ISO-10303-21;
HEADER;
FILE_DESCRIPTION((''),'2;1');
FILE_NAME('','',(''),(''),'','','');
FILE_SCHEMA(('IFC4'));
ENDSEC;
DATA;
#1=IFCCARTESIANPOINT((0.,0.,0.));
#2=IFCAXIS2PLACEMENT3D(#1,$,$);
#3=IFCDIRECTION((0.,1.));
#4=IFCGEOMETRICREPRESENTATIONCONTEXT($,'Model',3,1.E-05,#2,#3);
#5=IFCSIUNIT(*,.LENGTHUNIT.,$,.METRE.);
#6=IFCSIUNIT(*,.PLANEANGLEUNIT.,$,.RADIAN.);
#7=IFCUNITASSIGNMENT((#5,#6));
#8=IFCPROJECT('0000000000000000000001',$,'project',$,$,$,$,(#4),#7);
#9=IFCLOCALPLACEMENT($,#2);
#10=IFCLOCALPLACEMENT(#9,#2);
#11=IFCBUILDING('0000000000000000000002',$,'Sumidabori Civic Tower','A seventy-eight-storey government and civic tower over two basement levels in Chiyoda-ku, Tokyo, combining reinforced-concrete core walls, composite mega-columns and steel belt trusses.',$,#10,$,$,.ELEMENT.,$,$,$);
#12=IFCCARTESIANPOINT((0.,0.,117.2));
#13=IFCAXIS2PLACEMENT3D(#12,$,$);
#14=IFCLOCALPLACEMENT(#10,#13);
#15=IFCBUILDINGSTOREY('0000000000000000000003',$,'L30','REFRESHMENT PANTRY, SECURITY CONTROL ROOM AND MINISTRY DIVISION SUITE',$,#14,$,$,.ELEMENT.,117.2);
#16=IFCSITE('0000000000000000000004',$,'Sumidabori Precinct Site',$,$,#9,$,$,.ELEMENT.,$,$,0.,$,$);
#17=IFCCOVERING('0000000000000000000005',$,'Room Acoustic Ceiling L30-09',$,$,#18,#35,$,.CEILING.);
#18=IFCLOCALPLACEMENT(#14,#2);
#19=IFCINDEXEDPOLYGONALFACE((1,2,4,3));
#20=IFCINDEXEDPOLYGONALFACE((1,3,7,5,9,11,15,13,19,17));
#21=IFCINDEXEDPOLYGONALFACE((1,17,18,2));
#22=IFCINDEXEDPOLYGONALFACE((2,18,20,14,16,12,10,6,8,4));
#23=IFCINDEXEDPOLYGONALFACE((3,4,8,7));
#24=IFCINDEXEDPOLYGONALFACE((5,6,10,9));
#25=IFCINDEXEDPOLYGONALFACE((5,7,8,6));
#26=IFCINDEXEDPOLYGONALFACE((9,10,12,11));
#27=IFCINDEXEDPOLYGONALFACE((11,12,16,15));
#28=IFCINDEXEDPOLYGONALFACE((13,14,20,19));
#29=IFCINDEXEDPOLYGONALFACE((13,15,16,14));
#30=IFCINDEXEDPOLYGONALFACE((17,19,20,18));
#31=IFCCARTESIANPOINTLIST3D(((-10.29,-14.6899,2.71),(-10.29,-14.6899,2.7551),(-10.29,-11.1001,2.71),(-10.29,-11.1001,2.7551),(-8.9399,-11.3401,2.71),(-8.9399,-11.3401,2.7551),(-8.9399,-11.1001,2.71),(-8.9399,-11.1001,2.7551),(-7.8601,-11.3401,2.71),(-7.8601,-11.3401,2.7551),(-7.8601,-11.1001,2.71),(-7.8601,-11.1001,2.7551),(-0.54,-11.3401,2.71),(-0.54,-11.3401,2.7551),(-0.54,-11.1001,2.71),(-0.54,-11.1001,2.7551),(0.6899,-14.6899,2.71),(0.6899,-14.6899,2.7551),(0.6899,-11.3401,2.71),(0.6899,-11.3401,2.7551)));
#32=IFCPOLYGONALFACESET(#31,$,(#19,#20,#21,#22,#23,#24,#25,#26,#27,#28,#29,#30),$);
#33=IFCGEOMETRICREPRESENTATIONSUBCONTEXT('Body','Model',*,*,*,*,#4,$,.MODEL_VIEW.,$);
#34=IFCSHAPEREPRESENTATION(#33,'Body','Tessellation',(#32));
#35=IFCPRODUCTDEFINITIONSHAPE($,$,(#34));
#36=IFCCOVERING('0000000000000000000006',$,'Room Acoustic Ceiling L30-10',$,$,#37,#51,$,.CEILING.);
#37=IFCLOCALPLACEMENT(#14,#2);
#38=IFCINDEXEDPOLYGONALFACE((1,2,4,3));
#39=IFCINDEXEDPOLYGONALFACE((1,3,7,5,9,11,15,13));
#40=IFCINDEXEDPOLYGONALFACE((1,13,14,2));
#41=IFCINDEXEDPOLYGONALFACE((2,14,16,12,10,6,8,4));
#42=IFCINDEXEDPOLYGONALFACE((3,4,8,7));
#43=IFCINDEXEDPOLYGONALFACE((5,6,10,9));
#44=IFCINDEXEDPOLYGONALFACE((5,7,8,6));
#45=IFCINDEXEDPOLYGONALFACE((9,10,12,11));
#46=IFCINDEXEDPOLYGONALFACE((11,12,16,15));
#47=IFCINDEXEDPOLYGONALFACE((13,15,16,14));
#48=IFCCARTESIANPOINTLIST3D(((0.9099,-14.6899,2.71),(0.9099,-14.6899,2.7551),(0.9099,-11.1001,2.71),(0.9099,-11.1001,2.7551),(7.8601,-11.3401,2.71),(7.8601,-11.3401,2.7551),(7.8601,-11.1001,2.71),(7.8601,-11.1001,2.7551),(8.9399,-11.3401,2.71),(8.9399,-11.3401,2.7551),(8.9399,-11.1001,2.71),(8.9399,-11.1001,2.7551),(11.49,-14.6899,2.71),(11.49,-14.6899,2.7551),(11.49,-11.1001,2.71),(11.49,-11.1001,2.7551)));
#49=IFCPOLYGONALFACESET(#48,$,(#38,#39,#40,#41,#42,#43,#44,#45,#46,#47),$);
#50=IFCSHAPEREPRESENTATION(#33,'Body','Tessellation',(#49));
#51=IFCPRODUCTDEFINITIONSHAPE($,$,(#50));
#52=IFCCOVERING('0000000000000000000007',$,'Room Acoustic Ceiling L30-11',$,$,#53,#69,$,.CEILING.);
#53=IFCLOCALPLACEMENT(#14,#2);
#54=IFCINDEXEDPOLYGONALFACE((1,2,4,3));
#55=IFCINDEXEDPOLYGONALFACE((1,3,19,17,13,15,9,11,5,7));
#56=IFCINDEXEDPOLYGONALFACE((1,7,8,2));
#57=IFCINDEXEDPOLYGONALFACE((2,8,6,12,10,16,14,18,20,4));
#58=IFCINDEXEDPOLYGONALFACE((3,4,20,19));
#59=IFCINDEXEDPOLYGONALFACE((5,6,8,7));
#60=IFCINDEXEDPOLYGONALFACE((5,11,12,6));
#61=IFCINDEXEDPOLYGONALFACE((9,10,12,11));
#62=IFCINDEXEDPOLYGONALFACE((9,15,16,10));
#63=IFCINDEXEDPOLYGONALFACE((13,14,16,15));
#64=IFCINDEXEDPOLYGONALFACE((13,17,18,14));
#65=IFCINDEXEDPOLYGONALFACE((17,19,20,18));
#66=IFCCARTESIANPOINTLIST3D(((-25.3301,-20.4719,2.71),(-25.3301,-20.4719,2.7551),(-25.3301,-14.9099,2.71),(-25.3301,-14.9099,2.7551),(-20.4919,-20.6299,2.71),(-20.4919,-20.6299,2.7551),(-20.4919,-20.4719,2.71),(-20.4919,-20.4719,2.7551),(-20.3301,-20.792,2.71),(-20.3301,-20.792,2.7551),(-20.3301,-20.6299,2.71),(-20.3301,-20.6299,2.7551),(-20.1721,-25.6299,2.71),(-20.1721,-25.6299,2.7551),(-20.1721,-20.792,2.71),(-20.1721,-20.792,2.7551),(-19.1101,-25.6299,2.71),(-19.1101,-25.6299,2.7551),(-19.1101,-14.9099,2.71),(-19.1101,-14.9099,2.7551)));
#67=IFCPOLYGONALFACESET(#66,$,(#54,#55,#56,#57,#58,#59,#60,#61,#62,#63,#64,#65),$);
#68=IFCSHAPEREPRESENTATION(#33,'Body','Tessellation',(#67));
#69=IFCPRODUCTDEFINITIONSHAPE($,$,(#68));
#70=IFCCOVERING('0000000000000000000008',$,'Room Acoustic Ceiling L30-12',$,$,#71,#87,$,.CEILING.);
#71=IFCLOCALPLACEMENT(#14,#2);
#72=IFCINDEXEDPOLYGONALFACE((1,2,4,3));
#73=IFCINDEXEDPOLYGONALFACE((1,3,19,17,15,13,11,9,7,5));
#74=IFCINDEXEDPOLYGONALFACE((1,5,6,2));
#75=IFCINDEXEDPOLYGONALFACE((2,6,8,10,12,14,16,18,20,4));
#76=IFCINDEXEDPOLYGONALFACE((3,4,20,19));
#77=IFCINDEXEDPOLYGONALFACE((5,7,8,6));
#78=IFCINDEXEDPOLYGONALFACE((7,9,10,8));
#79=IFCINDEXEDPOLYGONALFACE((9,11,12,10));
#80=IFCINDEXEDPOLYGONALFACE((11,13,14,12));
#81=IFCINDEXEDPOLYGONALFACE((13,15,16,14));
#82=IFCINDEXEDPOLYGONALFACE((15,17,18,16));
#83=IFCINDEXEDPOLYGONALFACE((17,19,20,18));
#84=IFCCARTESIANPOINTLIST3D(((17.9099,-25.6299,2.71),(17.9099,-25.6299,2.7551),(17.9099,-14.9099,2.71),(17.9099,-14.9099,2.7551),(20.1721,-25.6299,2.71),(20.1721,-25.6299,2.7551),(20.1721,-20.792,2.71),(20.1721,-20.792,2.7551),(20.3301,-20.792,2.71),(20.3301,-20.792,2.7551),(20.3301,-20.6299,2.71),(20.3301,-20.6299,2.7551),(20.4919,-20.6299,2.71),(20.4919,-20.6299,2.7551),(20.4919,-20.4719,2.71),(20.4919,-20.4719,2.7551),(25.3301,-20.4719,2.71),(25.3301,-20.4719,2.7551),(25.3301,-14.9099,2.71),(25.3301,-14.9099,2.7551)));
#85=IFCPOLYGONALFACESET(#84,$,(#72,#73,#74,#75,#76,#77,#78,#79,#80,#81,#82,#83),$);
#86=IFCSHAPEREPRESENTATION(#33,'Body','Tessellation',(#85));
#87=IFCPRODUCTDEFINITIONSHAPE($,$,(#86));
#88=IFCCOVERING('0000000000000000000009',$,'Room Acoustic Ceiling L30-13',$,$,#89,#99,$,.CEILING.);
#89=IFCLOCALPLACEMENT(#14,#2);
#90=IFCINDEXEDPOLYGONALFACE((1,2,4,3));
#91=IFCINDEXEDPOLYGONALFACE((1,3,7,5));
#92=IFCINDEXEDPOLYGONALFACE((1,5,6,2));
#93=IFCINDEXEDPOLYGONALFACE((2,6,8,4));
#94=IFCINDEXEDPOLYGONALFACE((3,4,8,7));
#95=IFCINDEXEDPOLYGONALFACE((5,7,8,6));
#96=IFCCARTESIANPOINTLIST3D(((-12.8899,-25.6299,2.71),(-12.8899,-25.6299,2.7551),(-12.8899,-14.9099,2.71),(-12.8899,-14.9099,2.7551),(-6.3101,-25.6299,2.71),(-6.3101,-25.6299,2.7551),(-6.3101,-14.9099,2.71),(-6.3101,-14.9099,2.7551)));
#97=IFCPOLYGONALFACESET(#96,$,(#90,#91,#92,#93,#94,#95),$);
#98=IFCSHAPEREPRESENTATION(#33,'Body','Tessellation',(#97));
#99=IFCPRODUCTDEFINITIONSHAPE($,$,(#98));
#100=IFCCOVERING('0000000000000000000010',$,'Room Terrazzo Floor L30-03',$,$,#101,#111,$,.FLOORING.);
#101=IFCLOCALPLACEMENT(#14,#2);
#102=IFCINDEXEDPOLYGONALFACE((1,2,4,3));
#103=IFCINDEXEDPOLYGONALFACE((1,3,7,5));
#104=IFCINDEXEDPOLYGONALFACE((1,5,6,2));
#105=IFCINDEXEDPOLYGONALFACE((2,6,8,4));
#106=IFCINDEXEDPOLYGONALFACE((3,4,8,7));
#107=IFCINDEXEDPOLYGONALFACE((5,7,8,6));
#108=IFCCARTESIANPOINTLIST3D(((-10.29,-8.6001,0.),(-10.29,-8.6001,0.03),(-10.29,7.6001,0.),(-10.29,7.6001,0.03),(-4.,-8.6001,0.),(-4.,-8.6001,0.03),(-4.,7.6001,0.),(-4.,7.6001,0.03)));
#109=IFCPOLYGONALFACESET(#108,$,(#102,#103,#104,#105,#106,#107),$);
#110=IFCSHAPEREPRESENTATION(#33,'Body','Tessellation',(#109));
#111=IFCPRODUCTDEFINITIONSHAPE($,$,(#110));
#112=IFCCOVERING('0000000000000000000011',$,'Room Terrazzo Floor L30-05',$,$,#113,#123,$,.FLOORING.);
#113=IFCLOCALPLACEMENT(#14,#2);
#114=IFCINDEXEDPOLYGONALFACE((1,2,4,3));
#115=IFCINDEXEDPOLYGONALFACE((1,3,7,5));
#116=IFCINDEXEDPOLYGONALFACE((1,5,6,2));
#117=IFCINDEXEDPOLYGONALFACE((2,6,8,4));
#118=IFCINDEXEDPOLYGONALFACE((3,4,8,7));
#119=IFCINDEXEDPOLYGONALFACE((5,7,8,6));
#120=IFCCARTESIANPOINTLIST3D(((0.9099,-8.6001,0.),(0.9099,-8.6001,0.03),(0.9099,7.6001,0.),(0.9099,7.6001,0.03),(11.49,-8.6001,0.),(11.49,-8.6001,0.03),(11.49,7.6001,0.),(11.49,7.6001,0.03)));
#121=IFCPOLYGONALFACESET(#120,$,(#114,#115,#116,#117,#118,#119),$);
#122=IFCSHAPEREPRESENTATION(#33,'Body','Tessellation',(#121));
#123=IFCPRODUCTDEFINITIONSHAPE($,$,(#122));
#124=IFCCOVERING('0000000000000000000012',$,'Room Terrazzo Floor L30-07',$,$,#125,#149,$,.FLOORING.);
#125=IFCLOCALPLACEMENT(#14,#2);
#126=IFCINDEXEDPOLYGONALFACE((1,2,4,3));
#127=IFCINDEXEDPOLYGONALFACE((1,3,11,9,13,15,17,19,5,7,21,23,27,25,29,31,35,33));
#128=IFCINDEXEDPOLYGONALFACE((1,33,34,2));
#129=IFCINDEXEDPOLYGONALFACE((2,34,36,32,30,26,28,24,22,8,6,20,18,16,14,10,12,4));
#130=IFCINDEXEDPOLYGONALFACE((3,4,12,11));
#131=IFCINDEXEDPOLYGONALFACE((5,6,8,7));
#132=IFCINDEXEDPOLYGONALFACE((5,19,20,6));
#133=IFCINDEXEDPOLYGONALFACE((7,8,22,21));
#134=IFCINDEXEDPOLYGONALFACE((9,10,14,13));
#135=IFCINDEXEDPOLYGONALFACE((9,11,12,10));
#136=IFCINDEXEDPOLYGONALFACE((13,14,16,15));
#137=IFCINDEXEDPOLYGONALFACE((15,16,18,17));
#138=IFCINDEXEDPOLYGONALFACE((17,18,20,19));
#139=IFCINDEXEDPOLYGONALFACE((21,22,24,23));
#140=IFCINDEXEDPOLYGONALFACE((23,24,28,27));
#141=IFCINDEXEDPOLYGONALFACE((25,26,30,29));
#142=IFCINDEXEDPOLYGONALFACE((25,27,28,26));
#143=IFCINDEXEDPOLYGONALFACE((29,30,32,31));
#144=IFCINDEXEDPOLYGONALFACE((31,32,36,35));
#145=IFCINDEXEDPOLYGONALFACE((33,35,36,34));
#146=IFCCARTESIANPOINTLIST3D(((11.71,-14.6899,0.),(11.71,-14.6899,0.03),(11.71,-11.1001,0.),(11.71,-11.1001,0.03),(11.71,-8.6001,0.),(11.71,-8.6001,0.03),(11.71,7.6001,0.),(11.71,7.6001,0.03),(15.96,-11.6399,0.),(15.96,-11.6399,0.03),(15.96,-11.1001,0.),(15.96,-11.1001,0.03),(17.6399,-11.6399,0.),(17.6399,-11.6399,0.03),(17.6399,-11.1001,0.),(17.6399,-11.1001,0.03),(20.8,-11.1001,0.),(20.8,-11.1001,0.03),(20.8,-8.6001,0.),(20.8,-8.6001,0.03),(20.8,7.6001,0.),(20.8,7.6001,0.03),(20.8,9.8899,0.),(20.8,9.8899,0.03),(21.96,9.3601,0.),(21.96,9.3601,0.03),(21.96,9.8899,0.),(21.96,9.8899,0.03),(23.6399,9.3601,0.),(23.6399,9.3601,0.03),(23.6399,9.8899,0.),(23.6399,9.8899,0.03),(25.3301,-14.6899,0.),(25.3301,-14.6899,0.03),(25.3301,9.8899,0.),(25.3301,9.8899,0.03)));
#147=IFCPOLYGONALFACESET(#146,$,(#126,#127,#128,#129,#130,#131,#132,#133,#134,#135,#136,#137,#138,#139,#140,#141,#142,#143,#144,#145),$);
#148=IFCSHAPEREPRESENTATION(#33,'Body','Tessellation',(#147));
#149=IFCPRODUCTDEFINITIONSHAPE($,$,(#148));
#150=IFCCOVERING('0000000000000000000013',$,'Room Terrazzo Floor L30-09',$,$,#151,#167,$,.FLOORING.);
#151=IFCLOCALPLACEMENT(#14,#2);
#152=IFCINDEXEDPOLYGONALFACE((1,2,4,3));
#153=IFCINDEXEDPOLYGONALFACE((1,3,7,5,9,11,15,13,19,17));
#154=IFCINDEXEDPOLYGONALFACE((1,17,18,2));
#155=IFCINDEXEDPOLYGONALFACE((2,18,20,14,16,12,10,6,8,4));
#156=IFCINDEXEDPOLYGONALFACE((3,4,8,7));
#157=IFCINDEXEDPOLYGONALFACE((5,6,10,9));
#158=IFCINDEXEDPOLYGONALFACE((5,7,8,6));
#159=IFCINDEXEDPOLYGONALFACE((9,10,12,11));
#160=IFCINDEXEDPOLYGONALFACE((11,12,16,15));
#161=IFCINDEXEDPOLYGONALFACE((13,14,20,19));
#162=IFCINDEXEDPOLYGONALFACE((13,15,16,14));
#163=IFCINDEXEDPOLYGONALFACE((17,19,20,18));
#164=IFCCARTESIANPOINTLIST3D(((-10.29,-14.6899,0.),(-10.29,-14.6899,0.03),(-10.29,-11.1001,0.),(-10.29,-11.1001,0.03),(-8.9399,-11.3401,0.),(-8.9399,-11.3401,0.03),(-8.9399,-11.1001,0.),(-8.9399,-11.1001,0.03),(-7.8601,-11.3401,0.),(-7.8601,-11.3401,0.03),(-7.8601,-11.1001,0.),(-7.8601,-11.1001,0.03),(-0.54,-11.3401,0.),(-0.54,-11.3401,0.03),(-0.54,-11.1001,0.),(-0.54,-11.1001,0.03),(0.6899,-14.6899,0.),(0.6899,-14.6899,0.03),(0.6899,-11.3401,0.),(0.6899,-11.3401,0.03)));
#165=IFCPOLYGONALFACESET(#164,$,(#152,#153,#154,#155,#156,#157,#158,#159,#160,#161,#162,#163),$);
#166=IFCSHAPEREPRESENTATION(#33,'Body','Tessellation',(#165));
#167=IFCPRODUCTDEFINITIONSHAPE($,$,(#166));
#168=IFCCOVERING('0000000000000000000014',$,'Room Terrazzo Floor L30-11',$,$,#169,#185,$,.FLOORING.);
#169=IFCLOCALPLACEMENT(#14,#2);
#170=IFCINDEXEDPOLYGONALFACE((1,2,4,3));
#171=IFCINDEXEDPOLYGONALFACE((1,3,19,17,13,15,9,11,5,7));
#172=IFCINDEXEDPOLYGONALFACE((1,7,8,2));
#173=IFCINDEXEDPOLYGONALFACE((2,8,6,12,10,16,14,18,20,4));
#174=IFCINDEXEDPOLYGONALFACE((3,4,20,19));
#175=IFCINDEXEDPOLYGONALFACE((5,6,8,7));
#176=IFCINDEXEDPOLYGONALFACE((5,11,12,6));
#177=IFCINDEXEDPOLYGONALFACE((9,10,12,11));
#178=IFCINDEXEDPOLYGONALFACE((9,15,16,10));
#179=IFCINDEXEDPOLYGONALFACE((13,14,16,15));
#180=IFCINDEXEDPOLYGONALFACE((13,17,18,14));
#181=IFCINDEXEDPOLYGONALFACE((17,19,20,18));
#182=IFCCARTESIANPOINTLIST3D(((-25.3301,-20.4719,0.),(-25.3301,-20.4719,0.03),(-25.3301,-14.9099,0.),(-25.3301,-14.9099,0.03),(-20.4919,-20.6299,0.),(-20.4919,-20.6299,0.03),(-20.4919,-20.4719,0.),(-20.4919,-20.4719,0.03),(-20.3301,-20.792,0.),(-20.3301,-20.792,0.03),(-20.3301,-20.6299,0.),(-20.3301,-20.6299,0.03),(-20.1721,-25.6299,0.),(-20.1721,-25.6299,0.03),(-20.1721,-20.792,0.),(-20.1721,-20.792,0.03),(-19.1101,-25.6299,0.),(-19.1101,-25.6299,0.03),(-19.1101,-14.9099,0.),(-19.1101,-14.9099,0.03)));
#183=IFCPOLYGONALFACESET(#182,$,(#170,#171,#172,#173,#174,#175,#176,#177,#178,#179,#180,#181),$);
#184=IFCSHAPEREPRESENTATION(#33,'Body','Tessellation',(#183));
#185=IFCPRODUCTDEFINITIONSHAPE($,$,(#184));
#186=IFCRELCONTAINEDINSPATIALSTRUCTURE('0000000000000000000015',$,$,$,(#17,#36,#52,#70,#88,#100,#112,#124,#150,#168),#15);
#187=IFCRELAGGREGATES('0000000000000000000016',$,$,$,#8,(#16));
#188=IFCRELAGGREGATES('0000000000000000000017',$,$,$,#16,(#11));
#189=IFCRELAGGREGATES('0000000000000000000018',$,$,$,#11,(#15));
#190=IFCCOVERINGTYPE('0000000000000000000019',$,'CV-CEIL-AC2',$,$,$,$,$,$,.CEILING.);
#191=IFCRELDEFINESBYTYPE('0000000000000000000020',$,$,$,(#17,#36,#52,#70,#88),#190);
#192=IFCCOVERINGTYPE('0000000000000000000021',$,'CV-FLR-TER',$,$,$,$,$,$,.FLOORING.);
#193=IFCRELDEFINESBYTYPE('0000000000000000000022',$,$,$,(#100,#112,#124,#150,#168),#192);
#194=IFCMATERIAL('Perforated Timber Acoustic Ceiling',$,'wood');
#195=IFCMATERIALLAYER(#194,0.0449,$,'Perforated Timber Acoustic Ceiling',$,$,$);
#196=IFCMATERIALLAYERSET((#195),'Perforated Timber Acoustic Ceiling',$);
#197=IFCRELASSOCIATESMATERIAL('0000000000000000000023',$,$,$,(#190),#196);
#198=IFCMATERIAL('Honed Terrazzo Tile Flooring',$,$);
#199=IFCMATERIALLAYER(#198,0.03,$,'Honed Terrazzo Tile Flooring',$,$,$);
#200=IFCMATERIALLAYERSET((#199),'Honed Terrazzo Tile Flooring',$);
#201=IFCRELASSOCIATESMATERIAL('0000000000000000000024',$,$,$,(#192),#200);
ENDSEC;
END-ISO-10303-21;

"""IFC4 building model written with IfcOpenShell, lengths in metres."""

from ifc_helpers import new_model, si_unit, direction, frame, origin, place, context, subcontext, project, spatial, polyline, outline, extrude, material, layer, layer_set, type_object, element, save


model = new_model("IFC4")

# Units and contexts
model_context = context("Model", 3, precision=1e-05, world=origin(), true_north=direction((0.0, 1.0)))
body_context = subcontext(model_context, "Body", "Model", "MODEL_VIEW")
ifc_project = project(units=[si_unit("LENGTHUNIT", "METRE"), si_unit("PLANEANGLEUNIT", "RADIAN")], contexts=[model_context])

# Site, building, storey
site_placement = place(None, origin())
site = spatial("IfcSite", under=ifc_project, at=site_placement, Name="Sumidabori Precinct Site", CompositionType="ELEMENT", RefElevation=0.0)
building_placement = place(site_placement, origin())
building = spatial("IfcBuilding", under=site, at=building_placement, Name="Sumidabori Civic Tower", Description="A seventy-eight-storey government and civic tower over two basement levels in Chiyoda-ku, Tokyo, combining reinforced-concrete core walls, composite mega-columns and steel belt trusses.", CompositionType="ELEMENT")
storey_placement = place(building_placement, frame((0.0, 0.0, 117.2)))
storey = spatial("IfcBuildingStorey", under=building, at=storey_placement, Name="L30", Description="REFRESHMENT PANTRY, SECURITY CONTROL ROOM AND MINISTRY DIVISION SUITE", CompositionType="ELEMENT", Elevation=117.2)

# Coverings
ifc_material_1 = material(Name="Perforated Timber Acoustic Ceiling", Category="wood")
ifc_layer_1 = layer(ifc_material_1, 0.0449, Name="Perforated Timber Acoustic Ceiling")
ifc_layer_set_1 = layer_set([ifc_layer_1], Name="Perforated Timber Acoustic Ceiling")
covering_type_1 = type_object("IfcCoveringType", Name="CV-CEIL-AC2", PredefinedType="CEILING", material=ifc_layer_set_1)
covering_1_placement = place(storey_placement, frame((0.0, 0.0, 2.71)))
element("IfcCovering", 1, at=covering_1_placement, inside=storey, type_object=covering_type_1, Name="Room Acoustic Ceiling L30-09", PredefinedType="CEILING", context=body_context, shape_type="SweptSolid", body=[
    extrude(outline(polyline([(-10.29, -11.1001), (-8.9399, -11.1001), (-8.9399, -11.3401), (-7.8601, -11.3401), (-7.8601, -11.1001), (-0.54, -11.1001), (-0.54, -11.3401), (0.6899, -11.3401), (0.6899, -14.6899), (-10.29, -14.6899), (-10.29, -11.1001)])), origin(), (0.0, 0.0, 1.0), 0.0452),
])
covering_2_placement = place(storey_placement, frame((0.0, 0.0, 2.71)))
element("IfcCovering", 2, at=covering_2_placement, inside=storey, type_object=covering_type_1, Name="Room Acoustic Ceiling L30-10", PredefinedType="CEILING", context=body_context, shape_type="SweptSolid", body=[
    extrude(outline(polyline([(0.9099, -11.1001), (7.8601, -11.1001), (7.8601, -11.3401), (8.9399, -11.3401), (8.9399, -11.1001), (11.49, -11.1001), (11.49, -14.6899), (0.9099, -14.6899), (0.9099, -11.1001)])), origin(), (0.0, 0.0, 1.0), 0.0452),
])
covering_3_placement = place(storey_placement, frame((0.0, 0.0, 2.71)))
element("IfcCovering", 3, at=covering_3_placement, inside=storey, type_object=covering_type_1, Name="Room Acoustic Ceiling L30-11", PredefinedType="CEILING", context=body_context, shape_type="SweptSolid", body=[
    extrude(outline(polyline([(-19.1101, -14.9099), (-19.1101, -25.6299), (-20.1721, -25.6299), (-20.1721, -20.792), (-20.3301, -20.792), (-20.3301, -20.6299), (-20.4919, -20.6299), (-20.4919, -20.4719), (-25.3301, -20.4719), (-25.3301, -14.9099), (-19.1101, -14.9099)])), origin(), (0.0, 0.0, 1.0), 0.0452),
])
covering_4_placement = place(storey_placement, frame((0.0, 0.0, 2.71)))
element("IfcCovering", 4, at=covering_4_placement, inside=storey, type_object=covering_type_1, Name="Room Acoustic Ceiling L30-12", PredefinedType="CEILING", context=body_context, shape_type="SweptSolid", body=[
    extrude(outline(polyline([(17.9099, -14.9099), (25.3301, -14.9099), (25.3301, -20.4719), (20.4919, -20.4719), (20.4919, -20.6299), (20.3301, -20.6299), (20.3301, -20.792), (20.1721, -20.792), (20.1721, -25.6299), (17.9099, -25.6299), (17.9099, -14.9099)])), origin(), (0.0, 0.0, 1.0), 0.0452),
])
covering_5_placement = place(storey_placement, frame((0.0, 0.0, 2.71)))
element("IfcCovering", 5, at=covering_5_placement, inside=storey, type_object=covering_type_1, Name="Room Acoustic Ceiling L30-13", PredefinedType="CEILING", context=body_context, shape_type="SweptSolid", body=[
    extrude(outline(polyline([(-12.8899, -14.9099), (-6.3101, -14.9099), (-6.3101, -25.6299), (-12.8899, -25.6299), (-12.8899, -14.9099)])), origin(), (0.0, 0.0, 1.0), 0.0452),
])
ifc_material_2 = material(Name="Honed Terrazzo Tile Flooring")
ifc_layer_2 = layer(ifc_material_2, 0.03, Name="Honed Terrazzo Tile Flooring")
ifc_layer_set_2 = layer_set([ifc_layer_2], Name="Honed Terrazzo Tile Flooring")
covering_type_2 = type_object("IfcCoveringType", Name="CV-FLR-TER", PredefinedType="FLOORING", material=ifc_layer_set_2)
covering_6_placement = place(storey_placement, origin())
element("IfcCovering", 6, at=covering_6_placement, inside=storey, type_object=covering_type_2, Name="Room Terrazzo Floor L30-03", PredefinedType="FLOORING", context=body_context, shape_type="SweptSolid", body=[
    extrude(outline(polyline([(-10.29, 7.6001), (-4.0, 7.6001), (-4.0, -8.6001), (-10.29, -8.6001), (-10.29, 7.6001)])), origin(), (0.0, 0.0, 1.0), 0.03),
])
covering_7_placement = place(storey_placement, origin())
element("IfcCovering", 7, at=covering_7_placement, inside=storey, type_object=covering_type_2, Name="Room Terrazzo Floor L30-05", PredefinedType="FLOORING", context=body_context, shape_type="SweptSolid", body=[
    extrude(outline(polyline([(0.9099, -8.6001), (0.9099, 7.6001), (11.49, 7.6001), (11.49, -8.6001), (0.9099, -8.6001)])), origin(), (0.0, 0.0, 1.0), 0.03),
])
covering_8_placement = place(storey_placement, origin())
element("IfcCovering", 8, at=covering_8_placement, inside=storey, type_object=covering_type_2, Name="Room Terrazzo Floor L30-07", PredefinedType="FLOORING", context=body_context, shape_type="SweptSolid", body=[
    extrude(outline(polyline([(11.71, -11.1001), (15.96, -11.1001), (15.96, -11.6399), (17.6399, -11.6399), (17.6399, -11.1001), (20.8, -11.1001), (20.8, -8.6001), (11.71, -8.6001), (11.71, 7.6001), (20.8, 7.6001), (20.8, 9.8899), (21.96, 9.8899), (21.96, 9.3601), (23.6399, 9.3601), (23.6399, 9.8899), (25.3301, 9.8899), (25.3301, -14.6899), (11.71, -14.6899), (11.71, -11.1001)])), origin(), (0.0, 0.0, 1.0), 0.03),
])
covering_9_placement = place(storey_placement, origin())
element("IfcCovering", 9, at=covering_9_placement, inside=storey, type_object=covering_type_2, Name="Room Terrazzo Floor L30-09", PredefinedType="FLOORING", context=body_context, shape_type="SweptSolid", body=[
    extrude(outline(polyline([(-10.29, -11.1001), (-8.9399, -11.1001), (-8.9399, -11.3401), (-7.8601, -11.3401), (-7.8601, -11.1001), (-0.54, -11.1001), (-0.54, -11.3401), (0.6899, -11.3401), (0.6899, -14.6899), (-10.29, -14.6899), (-10.29, -11.1001)])), origin(), (0.0, 0.0, 1.0), 0.03),
])
covering_10_placement = place(storey_placement, origin())
element("IfcCovering", 10, at=covering_10_placement, inside=storey, type_object=covering_type_2, Name="Room Terrazzo Floor L30-11", PredefinedType="FLOORING", context=body_context, shape_type="SweptSolid", body=[
    extrude(outline(polyline([(-19.1101, -14.9099), (-19.1101, -25.6299), (-20.1721, -25.6299), (-20.1721, -20.792), (-20.3301, -20.792), (-20.3301, -20.6299), (-20.4919, -20.6299), (-20.4919, -20.4719), (-25.3301, -20.4719), (-25.3301, -14.9099), (-19.1101, -14.9099)])), origin(), (0.0, 0.0, 1.0), 0.03),
])

save(model, "model.ifc")
